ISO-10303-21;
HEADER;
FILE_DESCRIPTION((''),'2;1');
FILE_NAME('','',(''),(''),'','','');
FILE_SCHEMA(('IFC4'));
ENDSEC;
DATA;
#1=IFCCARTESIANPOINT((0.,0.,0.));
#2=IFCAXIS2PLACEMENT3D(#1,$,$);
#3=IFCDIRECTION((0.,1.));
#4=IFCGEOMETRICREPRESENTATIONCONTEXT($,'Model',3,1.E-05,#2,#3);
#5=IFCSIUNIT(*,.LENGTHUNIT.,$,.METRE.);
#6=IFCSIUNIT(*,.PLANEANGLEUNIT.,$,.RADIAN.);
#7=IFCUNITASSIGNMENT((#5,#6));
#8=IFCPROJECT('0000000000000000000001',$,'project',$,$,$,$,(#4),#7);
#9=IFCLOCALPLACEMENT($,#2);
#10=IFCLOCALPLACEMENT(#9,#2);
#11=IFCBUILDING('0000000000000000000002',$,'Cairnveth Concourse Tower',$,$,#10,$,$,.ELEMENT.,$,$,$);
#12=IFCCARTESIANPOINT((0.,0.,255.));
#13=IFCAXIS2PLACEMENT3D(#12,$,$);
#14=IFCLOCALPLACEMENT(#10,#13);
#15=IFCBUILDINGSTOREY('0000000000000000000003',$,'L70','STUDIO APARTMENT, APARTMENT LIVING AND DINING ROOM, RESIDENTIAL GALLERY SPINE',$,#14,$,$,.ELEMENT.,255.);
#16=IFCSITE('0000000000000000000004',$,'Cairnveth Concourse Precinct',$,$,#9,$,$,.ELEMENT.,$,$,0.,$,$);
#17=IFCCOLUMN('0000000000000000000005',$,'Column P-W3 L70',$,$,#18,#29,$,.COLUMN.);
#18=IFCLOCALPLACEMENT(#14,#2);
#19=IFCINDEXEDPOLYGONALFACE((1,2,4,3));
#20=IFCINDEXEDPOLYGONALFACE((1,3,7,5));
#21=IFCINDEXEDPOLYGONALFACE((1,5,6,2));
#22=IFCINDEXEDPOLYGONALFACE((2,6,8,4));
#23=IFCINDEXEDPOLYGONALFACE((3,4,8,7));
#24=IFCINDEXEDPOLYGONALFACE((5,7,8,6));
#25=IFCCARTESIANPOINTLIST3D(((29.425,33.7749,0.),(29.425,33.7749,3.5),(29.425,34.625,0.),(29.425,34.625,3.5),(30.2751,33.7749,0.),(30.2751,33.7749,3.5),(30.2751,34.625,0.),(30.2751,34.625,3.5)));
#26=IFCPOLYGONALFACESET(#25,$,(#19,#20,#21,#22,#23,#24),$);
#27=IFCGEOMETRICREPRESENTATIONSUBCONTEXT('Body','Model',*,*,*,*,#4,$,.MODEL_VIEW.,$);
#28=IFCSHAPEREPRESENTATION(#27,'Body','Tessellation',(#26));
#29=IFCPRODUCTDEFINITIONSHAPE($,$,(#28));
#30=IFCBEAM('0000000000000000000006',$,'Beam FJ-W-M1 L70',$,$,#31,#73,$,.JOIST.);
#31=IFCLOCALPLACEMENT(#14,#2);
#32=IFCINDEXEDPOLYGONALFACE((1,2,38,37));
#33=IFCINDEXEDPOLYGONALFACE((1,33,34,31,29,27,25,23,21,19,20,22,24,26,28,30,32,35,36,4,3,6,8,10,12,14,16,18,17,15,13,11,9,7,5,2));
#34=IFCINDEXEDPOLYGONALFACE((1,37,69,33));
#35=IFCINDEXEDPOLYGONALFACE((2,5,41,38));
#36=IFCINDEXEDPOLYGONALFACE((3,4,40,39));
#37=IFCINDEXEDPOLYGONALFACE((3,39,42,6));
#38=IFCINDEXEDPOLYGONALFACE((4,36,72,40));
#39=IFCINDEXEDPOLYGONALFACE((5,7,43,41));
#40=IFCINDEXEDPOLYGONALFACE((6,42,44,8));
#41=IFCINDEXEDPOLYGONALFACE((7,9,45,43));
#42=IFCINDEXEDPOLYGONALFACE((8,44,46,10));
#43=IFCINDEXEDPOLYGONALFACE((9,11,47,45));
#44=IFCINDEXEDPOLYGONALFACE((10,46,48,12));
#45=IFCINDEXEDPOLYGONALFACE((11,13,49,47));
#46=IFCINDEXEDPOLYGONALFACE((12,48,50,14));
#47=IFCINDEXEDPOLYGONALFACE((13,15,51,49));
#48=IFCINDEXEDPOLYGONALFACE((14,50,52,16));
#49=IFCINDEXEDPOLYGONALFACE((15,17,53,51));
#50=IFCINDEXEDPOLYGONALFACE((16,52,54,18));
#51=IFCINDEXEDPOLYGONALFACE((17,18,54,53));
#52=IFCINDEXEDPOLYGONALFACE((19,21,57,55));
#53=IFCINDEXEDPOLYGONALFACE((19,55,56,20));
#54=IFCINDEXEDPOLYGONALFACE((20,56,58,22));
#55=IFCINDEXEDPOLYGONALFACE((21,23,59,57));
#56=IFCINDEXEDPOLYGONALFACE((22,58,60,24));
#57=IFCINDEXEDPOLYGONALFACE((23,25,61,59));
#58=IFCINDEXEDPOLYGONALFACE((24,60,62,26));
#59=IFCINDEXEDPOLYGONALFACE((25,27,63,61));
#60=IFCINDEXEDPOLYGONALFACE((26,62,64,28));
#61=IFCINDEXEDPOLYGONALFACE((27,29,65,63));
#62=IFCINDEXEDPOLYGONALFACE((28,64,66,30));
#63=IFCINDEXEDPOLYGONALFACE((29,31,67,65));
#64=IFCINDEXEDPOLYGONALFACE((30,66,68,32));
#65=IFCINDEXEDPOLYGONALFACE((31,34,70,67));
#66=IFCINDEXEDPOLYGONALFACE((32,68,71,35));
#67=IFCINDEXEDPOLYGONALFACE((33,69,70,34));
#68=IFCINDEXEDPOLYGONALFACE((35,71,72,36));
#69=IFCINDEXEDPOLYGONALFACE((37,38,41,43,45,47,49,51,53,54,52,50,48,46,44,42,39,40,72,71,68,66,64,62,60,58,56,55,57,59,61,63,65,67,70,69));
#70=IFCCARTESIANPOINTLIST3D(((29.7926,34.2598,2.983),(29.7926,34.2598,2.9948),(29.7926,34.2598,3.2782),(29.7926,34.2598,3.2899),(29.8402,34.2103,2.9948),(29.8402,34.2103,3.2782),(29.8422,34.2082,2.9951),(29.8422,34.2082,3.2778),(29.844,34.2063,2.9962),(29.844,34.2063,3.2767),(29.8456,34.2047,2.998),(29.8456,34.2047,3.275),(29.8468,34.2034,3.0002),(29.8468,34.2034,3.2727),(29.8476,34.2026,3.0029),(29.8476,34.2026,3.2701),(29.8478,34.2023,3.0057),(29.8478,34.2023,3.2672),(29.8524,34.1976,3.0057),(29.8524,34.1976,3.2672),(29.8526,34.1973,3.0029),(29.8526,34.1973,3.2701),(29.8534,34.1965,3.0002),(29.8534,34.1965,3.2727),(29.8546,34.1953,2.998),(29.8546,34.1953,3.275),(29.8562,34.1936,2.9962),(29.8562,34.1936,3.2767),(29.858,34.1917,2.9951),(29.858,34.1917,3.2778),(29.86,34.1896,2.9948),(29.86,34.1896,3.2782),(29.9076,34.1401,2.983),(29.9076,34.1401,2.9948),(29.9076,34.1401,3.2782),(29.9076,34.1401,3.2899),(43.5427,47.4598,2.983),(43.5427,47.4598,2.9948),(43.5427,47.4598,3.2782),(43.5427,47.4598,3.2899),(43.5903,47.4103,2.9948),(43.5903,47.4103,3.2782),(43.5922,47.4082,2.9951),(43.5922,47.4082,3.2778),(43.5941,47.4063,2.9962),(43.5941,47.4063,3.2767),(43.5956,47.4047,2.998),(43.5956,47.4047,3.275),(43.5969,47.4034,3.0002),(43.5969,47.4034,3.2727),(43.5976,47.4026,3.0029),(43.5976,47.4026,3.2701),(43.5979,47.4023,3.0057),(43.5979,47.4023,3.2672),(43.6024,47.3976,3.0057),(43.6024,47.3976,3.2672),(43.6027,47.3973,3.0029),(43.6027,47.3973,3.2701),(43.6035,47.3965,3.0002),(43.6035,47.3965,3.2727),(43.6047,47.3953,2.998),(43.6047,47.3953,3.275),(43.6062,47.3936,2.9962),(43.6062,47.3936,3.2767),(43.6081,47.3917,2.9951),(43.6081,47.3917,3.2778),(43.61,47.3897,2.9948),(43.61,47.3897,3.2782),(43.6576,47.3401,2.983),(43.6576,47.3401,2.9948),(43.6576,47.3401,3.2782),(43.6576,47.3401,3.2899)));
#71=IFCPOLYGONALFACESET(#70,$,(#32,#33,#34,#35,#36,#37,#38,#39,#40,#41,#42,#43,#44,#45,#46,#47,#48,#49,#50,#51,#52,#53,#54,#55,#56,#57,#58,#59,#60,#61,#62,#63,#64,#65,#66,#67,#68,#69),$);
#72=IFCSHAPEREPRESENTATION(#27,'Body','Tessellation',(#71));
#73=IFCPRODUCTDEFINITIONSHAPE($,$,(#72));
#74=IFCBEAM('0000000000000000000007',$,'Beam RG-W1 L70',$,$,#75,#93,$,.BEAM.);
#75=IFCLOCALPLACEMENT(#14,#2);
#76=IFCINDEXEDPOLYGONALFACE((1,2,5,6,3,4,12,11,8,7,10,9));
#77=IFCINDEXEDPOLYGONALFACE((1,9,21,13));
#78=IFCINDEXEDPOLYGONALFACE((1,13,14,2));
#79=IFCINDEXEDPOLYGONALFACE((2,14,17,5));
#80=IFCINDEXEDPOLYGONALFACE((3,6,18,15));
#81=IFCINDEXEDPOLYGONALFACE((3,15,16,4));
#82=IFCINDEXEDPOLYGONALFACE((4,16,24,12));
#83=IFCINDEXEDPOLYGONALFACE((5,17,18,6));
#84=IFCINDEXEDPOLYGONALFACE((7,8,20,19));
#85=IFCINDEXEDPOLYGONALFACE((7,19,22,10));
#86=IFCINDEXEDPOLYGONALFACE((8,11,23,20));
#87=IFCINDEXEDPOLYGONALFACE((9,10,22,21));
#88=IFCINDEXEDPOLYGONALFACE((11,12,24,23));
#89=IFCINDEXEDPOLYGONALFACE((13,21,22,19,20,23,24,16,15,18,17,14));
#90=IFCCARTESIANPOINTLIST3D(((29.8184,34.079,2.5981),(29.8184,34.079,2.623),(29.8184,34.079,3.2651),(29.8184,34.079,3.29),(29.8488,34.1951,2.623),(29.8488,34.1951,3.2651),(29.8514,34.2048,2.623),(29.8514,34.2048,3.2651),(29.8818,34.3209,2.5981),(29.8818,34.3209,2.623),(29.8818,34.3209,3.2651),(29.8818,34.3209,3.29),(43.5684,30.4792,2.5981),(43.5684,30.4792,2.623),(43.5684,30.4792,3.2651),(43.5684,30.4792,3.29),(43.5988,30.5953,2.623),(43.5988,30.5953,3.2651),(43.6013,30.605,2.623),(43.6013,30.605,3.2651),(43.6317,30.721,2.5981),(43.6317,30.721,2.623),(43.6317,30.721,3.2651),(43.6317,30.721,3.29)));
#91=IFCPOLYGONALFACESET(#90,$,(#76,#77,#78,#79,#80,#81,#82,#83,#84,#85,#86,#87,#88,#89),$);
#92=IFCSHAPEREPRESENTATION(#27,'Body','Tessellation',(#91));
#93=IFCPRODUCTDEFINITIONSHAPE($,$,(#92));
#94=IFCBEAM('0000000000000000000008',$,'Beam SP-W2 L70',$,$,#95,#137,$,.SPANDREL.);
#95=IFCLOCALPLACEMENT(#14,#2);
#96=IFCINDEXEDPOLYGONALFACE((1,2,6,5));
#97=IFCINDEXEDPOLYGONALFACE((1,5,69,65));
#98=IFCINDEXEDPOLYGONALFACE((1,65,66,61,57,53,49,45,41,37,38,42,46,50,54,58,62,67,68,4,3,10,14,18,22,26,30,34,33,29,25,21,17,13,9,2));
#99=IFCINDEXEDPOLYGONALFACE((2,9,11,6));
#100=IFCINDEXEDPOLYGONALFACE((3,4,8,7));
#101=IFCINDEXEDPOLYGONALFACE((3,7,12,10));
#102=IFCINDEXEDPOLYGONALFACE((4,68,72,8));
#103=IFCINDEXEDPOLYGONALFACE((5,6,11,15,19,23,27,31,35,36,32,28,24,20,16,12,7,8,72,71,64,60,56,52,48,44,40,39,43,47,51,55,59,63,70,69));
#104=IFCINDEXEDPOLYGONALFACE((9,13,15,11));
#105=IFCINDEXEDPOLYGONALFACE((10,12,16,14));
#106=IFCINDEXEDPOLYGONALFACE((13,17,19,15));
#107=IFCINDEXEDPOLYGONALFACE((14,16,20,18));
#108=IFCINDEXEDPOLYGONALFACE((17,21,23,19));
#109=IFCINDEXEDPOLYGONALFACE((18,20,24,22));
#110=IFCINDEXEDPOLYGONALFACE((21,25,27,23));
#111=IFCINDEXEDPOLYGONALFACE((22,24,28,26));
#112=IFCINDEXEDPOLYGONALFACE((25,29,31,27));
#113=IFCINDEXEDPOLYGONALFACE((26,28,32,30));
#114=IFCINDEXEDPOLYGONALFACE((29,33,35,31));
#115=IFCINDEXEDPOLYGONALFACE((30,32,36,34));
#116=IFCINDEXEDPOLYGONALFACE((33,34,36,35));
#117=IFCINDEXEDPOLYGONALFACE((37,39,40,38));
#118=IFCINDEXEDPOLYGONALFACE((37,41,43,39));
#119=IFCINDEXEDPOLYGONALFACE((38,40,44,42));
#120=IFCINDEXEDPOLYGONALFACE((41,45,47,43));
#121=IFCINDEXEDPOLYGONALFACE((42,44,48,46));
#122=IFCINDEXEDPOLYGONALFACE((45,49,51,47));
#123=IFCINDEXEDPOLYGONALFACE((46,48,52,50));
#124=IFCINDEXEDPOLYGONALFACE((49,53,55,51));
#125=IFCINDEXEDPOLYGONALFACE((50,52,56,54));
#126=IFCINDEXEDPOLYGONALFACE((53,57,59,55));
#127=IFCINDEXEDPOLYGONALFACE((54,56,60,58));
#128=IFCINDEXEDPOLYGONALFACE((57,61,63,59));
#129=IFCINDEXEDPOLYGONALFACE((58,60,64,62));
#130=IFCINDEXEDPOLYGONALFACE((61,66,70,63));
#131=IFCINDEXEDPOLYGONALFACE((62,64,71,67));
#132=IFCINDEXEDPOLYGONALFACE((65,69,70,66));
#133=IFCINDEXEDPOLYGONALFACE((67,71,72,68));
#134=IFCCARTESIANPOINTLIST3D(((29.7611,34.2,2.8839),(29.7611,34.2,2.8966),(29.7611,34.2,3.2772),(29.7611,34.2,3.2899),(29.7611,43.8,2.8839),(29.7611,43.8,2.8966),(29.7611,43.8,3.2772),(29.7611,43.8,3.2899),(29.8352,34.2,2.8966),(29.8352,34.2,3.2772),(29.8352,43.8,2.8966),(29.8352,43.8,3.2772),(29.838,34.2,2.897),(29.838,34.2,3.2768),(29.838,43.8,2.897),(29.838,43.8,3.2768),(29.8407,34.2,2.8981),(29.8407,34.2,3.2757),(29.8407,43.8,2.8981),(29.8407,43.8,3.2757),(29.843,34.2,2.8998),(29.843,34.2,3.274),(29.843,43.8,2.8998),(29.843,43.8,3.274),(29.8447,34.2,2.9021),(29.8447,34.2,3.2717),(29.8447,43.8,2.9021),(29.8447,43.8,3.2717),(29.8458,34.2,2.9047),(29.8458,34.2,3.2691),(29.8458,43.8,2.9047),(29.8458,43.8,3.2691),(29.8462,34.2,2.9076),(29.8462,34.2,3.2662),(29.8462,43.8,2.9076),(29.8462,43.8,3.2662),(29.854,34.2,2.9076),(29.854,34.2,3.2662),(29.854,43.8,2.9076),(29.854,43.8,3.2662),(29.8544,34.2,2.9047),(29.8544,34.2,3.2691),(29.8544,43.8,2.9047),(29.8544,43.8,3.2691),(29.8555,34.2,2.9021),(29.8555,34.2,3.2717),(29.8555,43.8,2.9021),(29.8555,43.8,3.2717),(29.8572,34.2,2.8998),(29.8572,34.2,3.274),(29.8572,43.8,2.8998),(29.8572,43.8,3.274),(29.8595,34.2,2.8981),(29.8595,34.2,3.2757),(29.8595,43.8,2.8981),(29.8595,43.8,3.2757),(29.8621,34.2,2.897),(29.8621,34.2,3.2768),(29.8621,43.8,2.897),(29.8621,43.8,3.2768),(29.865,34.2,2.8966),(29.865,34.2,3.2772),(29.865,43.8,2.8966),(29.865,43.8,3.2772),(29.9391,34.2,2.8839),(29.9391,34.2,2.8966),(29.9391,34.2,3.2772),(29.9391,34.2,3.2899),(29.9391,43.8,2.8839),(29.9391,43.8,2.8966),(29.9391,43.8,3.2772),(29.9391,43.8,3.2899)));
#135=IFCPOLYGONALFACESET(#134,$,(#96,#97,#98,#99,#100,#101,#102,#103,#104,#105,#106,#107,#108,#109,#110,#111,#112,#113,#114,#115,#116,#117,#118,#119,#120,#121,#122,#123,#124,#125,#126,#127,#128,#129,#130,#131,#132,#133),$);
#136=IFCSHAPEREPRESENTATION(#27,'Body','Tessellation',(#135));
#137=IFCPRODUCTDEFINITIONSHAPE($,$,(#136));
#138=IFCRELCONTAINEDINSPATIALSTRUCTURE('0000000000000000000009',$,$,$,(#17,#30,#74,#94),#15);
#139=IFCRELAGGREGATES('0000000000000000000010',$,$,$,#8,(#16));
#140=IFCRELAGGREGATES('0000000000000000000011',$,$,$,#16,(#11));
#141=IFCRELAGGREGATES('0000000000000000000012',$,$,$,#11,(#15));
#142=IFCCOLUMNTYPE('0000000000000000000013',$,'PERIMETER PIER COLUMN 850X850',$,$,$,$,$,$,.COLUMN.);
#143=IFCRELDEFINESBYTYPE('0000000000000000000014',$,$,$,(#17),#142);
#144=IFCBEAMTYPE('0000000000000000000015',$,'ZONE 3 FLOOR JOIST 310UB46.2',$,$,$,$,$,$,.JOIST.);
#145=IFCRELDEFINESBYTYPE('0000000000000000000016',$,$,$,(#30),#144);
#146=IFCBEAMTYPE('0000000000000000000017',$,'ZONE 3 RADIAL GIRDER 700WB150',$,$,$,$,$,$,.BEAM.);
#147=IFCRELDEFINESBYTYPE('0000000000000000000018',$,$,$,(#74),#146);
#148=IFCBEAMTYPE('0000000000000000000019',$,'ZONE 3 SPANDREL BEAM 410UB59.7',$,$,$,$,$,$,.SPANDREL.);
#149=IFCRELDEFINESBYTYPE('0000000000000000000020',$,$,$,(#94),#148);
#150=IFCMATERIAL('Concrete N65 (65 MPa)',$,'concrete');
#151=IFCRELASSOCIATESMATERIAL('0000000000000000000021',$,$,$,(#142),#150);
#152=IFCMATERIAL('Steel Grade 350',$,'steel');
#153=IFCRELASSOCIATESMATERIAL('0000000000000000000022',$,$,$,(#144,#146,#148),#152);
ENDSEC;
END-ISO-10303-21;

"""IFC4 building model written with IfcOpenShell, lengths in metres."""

from ifc_helpers import new_model, si_unit, direction, frame, origin, origin_2d, place, context, subcontext, project, spatial, rectangle, i_section, extrude, material, material_profile, profile_set, type_object, element, save


model = new_model("IFC4")

# Units and contexts
model_context = context("Model", 3, precision=1e-05, world=origin(), true_north=direction((0.0, 1.0)))
body_context = subcontext(model_context, "Body", "Model", "MODEL_VIEW")
ifc_project = project(units=[si_unit("LENGTHUNIT", "METRE"), si_unit("PLANEANGLEUNIT", "RADIAN")], contexts=[model_context])

# Site, building, storey
site_placement = place(None, origin())
site = spatial("IfcSite", under=ifc_project, at=site_placement, Name="Cairnveth Concourse Precinct", CompositionType="ELEMENT", RefElevation=0.0)
building_placement = place(site_placement, origin())
building = spatial("IfcBuilding", under=site, at=building_placement, Name="Cairnveth Concourse Tower", CompositionType="ELEMENT")
storey_placement = place(building_placement, frame((0.0, 0.0, 255.0)))
storey = spatial("IfcBuildingStorey", under=building, at=storey_placement, Name="L70", Description="STUDIO APARTMENT, APARTMENT LIVING AND DINING ROOM, RESIDENTIAL GALLERY SPINE", CompositionType="ELEMENT", Elevation=255.0)

# Column
ifc_material_1 = material(Name="Concrete N65 (65 MPa)", Category="concrete")
ifc_material_profile_1 = material_profile(ifc_material_1, rectangle(XDim=0.8501, YDim=0.8501, at=origin_2d()), Name="RC-COL-850x850")
ifc_profile_set_1 = profile_set([ifc_material_profile_1], Name="Concrete N65 (65 MPa)")
column_type = type_object("IfcColumnType", Name="PERIMETER PIER COLUMN 850X850", PredefinedType="COLUMN", material=ifc_profile_set_1)
column_placement = place(storey_placement, frame((29.8501, 34.2, 0.0), z_axis=(0.0, 0.0, 1.0), x_axis=(0.0, 1.0, 0.0)))
element("IfcColumn", 1, at=column_placement, inside=storey, type_object=column_type, Name="Column P-W3 L70", PredefinedType="COLUMN", context=body_context, shape_type="SweptSolid", body=[
    extrude(rectangle(XDim=0.8501, YDim=0.8501, at=origin_2d()), origin(), (0.0, 0.0, 1.0), 3.5),
])

# Beams
ifc_material_2 = material(Name="Steel Grade 350", Category="steel")
ifc_material_profile_2 = material_profile(ifc_material_2, i_section(OverallWidth=0.166, OverallDepth=0.3069, WebThickness=0.0066, FlangeThickness=0.0117, FilletRadius=0.011, at=origin_2d()), Name="310UB46.2")
ifc_profile_set_2 = profile_set([ifc_material_profile_2], Name="Steel Grade 350")
beam_type_1 = type_object("IfcBeamType", Name="ZONE 3 FLOOR JOIST 310UB46.2", PredefinedType="JOIST", material=ifc_profile_set_2)
beam_1_placement = place(storey_placement, frame((29.8501, 34.2, 3.1365), z_axis=(0.721389, 0.69253, 0.0), x_axis=(-0.69253, 0.721389, 0.0)))
element("IfcBeam", 2, at=beam_1_placement, inside=storey, type_object=beam_type_1, Name="Beam FJ-W-M1 L70", PredefinedType="JOIST", context=body_context, shape_type="SweptSolid", body=[
    extrude(i_section(OverallWidth=0.166, OverallDepth=0.3069, WebThickness=0.0066, FlangeThickness=0.0117, FilletRadius=0.011, at=origin_2d()), origin(), (0.0, 0.0, 1.0), 19.0605),
])
ifc_material_profile_3 = material_profile(ifc_material_2, i_section(OverallWidth=0.25, OverallDepth=0.6919, WebThickness=0.01, FlangeThickness=0.0249, at=origin_2d()), Name="700WB150")
ifc_profile_set_3 = profile_set([ifc_material_profile_3], Name="Steel Grade 350")
beam_type_2 = type_object("IfcBeamType", Name="ZONE 3 RADIAL GIRDER 700WB150", PredefinedType="BEAM", material=ifc_profile_set_3)
beam_2_placement = place(storey_placement, frame((29.8501, 34.2, 2.9441), z_axis=(0.967395, -0.253271, 0.0), x_axis=(0.253271, 0.967395, 0.0)))
element("IfcBeam", 3, at=beam_2_placement, inside=storey, type_object=beam_type_2, Name="Beam RG-W1 L70", PredefinedType="BEAM", context=body_context, shape_type="SweptSolid", body=[
    extrude(i_section(OverallWidth=0.25, OverallDepth=0.6919, WebThickness=0.01, FlangeThickness=0.0249, at=origin_2d()), origin(), (0.0, 0.0, 1.0), 14.2134),
])
ifc_material_profile_4 = material_profile(ifc_material_2, i_section(OverallWidth=0.178, OverallDepth=0.406, WebThickness=0.0078, FlangeThickness=0.0127, FilletRadius=0.011, at=origin_2d()), Name="410UB59.7")
ifc_profile_set_4 = profile_set([ifc_material_profile_4], Name="Steel Grade 350")
beam_type_3 = type_object("IfcBeamType", Name="ZONE 3 SPANDREL BEAM 410UB59.7", PredefinedType="SPANDREL", material=ifc_profile_set_4)
beam_3_placement = place(storey_placement, frame((29.8501, 34.2, 3.0869), z_axis=(0.0, 1.0, 0.0), x_axis=(-1.0, 0.0, 0.0)))
element("IfcBeam", 4, at=beam_3_placement, inside=storey, type_object=beam_type_3, Name="Beam SP-W2 L70", PredefinedType="SPANDREL", context=body_context, shape_type="SweptSolid", body=[
    extrude(i_section(OverallWidth=0.178, OverallDepth=0.406, WebThickness=0.0078, FlangeThickness=0.0127, FilletRadius=0.011, at=origin_2d()), origin(), (0.0, 0.0, 1.0), 9.6001),
])

save(model, "model.ifc")
